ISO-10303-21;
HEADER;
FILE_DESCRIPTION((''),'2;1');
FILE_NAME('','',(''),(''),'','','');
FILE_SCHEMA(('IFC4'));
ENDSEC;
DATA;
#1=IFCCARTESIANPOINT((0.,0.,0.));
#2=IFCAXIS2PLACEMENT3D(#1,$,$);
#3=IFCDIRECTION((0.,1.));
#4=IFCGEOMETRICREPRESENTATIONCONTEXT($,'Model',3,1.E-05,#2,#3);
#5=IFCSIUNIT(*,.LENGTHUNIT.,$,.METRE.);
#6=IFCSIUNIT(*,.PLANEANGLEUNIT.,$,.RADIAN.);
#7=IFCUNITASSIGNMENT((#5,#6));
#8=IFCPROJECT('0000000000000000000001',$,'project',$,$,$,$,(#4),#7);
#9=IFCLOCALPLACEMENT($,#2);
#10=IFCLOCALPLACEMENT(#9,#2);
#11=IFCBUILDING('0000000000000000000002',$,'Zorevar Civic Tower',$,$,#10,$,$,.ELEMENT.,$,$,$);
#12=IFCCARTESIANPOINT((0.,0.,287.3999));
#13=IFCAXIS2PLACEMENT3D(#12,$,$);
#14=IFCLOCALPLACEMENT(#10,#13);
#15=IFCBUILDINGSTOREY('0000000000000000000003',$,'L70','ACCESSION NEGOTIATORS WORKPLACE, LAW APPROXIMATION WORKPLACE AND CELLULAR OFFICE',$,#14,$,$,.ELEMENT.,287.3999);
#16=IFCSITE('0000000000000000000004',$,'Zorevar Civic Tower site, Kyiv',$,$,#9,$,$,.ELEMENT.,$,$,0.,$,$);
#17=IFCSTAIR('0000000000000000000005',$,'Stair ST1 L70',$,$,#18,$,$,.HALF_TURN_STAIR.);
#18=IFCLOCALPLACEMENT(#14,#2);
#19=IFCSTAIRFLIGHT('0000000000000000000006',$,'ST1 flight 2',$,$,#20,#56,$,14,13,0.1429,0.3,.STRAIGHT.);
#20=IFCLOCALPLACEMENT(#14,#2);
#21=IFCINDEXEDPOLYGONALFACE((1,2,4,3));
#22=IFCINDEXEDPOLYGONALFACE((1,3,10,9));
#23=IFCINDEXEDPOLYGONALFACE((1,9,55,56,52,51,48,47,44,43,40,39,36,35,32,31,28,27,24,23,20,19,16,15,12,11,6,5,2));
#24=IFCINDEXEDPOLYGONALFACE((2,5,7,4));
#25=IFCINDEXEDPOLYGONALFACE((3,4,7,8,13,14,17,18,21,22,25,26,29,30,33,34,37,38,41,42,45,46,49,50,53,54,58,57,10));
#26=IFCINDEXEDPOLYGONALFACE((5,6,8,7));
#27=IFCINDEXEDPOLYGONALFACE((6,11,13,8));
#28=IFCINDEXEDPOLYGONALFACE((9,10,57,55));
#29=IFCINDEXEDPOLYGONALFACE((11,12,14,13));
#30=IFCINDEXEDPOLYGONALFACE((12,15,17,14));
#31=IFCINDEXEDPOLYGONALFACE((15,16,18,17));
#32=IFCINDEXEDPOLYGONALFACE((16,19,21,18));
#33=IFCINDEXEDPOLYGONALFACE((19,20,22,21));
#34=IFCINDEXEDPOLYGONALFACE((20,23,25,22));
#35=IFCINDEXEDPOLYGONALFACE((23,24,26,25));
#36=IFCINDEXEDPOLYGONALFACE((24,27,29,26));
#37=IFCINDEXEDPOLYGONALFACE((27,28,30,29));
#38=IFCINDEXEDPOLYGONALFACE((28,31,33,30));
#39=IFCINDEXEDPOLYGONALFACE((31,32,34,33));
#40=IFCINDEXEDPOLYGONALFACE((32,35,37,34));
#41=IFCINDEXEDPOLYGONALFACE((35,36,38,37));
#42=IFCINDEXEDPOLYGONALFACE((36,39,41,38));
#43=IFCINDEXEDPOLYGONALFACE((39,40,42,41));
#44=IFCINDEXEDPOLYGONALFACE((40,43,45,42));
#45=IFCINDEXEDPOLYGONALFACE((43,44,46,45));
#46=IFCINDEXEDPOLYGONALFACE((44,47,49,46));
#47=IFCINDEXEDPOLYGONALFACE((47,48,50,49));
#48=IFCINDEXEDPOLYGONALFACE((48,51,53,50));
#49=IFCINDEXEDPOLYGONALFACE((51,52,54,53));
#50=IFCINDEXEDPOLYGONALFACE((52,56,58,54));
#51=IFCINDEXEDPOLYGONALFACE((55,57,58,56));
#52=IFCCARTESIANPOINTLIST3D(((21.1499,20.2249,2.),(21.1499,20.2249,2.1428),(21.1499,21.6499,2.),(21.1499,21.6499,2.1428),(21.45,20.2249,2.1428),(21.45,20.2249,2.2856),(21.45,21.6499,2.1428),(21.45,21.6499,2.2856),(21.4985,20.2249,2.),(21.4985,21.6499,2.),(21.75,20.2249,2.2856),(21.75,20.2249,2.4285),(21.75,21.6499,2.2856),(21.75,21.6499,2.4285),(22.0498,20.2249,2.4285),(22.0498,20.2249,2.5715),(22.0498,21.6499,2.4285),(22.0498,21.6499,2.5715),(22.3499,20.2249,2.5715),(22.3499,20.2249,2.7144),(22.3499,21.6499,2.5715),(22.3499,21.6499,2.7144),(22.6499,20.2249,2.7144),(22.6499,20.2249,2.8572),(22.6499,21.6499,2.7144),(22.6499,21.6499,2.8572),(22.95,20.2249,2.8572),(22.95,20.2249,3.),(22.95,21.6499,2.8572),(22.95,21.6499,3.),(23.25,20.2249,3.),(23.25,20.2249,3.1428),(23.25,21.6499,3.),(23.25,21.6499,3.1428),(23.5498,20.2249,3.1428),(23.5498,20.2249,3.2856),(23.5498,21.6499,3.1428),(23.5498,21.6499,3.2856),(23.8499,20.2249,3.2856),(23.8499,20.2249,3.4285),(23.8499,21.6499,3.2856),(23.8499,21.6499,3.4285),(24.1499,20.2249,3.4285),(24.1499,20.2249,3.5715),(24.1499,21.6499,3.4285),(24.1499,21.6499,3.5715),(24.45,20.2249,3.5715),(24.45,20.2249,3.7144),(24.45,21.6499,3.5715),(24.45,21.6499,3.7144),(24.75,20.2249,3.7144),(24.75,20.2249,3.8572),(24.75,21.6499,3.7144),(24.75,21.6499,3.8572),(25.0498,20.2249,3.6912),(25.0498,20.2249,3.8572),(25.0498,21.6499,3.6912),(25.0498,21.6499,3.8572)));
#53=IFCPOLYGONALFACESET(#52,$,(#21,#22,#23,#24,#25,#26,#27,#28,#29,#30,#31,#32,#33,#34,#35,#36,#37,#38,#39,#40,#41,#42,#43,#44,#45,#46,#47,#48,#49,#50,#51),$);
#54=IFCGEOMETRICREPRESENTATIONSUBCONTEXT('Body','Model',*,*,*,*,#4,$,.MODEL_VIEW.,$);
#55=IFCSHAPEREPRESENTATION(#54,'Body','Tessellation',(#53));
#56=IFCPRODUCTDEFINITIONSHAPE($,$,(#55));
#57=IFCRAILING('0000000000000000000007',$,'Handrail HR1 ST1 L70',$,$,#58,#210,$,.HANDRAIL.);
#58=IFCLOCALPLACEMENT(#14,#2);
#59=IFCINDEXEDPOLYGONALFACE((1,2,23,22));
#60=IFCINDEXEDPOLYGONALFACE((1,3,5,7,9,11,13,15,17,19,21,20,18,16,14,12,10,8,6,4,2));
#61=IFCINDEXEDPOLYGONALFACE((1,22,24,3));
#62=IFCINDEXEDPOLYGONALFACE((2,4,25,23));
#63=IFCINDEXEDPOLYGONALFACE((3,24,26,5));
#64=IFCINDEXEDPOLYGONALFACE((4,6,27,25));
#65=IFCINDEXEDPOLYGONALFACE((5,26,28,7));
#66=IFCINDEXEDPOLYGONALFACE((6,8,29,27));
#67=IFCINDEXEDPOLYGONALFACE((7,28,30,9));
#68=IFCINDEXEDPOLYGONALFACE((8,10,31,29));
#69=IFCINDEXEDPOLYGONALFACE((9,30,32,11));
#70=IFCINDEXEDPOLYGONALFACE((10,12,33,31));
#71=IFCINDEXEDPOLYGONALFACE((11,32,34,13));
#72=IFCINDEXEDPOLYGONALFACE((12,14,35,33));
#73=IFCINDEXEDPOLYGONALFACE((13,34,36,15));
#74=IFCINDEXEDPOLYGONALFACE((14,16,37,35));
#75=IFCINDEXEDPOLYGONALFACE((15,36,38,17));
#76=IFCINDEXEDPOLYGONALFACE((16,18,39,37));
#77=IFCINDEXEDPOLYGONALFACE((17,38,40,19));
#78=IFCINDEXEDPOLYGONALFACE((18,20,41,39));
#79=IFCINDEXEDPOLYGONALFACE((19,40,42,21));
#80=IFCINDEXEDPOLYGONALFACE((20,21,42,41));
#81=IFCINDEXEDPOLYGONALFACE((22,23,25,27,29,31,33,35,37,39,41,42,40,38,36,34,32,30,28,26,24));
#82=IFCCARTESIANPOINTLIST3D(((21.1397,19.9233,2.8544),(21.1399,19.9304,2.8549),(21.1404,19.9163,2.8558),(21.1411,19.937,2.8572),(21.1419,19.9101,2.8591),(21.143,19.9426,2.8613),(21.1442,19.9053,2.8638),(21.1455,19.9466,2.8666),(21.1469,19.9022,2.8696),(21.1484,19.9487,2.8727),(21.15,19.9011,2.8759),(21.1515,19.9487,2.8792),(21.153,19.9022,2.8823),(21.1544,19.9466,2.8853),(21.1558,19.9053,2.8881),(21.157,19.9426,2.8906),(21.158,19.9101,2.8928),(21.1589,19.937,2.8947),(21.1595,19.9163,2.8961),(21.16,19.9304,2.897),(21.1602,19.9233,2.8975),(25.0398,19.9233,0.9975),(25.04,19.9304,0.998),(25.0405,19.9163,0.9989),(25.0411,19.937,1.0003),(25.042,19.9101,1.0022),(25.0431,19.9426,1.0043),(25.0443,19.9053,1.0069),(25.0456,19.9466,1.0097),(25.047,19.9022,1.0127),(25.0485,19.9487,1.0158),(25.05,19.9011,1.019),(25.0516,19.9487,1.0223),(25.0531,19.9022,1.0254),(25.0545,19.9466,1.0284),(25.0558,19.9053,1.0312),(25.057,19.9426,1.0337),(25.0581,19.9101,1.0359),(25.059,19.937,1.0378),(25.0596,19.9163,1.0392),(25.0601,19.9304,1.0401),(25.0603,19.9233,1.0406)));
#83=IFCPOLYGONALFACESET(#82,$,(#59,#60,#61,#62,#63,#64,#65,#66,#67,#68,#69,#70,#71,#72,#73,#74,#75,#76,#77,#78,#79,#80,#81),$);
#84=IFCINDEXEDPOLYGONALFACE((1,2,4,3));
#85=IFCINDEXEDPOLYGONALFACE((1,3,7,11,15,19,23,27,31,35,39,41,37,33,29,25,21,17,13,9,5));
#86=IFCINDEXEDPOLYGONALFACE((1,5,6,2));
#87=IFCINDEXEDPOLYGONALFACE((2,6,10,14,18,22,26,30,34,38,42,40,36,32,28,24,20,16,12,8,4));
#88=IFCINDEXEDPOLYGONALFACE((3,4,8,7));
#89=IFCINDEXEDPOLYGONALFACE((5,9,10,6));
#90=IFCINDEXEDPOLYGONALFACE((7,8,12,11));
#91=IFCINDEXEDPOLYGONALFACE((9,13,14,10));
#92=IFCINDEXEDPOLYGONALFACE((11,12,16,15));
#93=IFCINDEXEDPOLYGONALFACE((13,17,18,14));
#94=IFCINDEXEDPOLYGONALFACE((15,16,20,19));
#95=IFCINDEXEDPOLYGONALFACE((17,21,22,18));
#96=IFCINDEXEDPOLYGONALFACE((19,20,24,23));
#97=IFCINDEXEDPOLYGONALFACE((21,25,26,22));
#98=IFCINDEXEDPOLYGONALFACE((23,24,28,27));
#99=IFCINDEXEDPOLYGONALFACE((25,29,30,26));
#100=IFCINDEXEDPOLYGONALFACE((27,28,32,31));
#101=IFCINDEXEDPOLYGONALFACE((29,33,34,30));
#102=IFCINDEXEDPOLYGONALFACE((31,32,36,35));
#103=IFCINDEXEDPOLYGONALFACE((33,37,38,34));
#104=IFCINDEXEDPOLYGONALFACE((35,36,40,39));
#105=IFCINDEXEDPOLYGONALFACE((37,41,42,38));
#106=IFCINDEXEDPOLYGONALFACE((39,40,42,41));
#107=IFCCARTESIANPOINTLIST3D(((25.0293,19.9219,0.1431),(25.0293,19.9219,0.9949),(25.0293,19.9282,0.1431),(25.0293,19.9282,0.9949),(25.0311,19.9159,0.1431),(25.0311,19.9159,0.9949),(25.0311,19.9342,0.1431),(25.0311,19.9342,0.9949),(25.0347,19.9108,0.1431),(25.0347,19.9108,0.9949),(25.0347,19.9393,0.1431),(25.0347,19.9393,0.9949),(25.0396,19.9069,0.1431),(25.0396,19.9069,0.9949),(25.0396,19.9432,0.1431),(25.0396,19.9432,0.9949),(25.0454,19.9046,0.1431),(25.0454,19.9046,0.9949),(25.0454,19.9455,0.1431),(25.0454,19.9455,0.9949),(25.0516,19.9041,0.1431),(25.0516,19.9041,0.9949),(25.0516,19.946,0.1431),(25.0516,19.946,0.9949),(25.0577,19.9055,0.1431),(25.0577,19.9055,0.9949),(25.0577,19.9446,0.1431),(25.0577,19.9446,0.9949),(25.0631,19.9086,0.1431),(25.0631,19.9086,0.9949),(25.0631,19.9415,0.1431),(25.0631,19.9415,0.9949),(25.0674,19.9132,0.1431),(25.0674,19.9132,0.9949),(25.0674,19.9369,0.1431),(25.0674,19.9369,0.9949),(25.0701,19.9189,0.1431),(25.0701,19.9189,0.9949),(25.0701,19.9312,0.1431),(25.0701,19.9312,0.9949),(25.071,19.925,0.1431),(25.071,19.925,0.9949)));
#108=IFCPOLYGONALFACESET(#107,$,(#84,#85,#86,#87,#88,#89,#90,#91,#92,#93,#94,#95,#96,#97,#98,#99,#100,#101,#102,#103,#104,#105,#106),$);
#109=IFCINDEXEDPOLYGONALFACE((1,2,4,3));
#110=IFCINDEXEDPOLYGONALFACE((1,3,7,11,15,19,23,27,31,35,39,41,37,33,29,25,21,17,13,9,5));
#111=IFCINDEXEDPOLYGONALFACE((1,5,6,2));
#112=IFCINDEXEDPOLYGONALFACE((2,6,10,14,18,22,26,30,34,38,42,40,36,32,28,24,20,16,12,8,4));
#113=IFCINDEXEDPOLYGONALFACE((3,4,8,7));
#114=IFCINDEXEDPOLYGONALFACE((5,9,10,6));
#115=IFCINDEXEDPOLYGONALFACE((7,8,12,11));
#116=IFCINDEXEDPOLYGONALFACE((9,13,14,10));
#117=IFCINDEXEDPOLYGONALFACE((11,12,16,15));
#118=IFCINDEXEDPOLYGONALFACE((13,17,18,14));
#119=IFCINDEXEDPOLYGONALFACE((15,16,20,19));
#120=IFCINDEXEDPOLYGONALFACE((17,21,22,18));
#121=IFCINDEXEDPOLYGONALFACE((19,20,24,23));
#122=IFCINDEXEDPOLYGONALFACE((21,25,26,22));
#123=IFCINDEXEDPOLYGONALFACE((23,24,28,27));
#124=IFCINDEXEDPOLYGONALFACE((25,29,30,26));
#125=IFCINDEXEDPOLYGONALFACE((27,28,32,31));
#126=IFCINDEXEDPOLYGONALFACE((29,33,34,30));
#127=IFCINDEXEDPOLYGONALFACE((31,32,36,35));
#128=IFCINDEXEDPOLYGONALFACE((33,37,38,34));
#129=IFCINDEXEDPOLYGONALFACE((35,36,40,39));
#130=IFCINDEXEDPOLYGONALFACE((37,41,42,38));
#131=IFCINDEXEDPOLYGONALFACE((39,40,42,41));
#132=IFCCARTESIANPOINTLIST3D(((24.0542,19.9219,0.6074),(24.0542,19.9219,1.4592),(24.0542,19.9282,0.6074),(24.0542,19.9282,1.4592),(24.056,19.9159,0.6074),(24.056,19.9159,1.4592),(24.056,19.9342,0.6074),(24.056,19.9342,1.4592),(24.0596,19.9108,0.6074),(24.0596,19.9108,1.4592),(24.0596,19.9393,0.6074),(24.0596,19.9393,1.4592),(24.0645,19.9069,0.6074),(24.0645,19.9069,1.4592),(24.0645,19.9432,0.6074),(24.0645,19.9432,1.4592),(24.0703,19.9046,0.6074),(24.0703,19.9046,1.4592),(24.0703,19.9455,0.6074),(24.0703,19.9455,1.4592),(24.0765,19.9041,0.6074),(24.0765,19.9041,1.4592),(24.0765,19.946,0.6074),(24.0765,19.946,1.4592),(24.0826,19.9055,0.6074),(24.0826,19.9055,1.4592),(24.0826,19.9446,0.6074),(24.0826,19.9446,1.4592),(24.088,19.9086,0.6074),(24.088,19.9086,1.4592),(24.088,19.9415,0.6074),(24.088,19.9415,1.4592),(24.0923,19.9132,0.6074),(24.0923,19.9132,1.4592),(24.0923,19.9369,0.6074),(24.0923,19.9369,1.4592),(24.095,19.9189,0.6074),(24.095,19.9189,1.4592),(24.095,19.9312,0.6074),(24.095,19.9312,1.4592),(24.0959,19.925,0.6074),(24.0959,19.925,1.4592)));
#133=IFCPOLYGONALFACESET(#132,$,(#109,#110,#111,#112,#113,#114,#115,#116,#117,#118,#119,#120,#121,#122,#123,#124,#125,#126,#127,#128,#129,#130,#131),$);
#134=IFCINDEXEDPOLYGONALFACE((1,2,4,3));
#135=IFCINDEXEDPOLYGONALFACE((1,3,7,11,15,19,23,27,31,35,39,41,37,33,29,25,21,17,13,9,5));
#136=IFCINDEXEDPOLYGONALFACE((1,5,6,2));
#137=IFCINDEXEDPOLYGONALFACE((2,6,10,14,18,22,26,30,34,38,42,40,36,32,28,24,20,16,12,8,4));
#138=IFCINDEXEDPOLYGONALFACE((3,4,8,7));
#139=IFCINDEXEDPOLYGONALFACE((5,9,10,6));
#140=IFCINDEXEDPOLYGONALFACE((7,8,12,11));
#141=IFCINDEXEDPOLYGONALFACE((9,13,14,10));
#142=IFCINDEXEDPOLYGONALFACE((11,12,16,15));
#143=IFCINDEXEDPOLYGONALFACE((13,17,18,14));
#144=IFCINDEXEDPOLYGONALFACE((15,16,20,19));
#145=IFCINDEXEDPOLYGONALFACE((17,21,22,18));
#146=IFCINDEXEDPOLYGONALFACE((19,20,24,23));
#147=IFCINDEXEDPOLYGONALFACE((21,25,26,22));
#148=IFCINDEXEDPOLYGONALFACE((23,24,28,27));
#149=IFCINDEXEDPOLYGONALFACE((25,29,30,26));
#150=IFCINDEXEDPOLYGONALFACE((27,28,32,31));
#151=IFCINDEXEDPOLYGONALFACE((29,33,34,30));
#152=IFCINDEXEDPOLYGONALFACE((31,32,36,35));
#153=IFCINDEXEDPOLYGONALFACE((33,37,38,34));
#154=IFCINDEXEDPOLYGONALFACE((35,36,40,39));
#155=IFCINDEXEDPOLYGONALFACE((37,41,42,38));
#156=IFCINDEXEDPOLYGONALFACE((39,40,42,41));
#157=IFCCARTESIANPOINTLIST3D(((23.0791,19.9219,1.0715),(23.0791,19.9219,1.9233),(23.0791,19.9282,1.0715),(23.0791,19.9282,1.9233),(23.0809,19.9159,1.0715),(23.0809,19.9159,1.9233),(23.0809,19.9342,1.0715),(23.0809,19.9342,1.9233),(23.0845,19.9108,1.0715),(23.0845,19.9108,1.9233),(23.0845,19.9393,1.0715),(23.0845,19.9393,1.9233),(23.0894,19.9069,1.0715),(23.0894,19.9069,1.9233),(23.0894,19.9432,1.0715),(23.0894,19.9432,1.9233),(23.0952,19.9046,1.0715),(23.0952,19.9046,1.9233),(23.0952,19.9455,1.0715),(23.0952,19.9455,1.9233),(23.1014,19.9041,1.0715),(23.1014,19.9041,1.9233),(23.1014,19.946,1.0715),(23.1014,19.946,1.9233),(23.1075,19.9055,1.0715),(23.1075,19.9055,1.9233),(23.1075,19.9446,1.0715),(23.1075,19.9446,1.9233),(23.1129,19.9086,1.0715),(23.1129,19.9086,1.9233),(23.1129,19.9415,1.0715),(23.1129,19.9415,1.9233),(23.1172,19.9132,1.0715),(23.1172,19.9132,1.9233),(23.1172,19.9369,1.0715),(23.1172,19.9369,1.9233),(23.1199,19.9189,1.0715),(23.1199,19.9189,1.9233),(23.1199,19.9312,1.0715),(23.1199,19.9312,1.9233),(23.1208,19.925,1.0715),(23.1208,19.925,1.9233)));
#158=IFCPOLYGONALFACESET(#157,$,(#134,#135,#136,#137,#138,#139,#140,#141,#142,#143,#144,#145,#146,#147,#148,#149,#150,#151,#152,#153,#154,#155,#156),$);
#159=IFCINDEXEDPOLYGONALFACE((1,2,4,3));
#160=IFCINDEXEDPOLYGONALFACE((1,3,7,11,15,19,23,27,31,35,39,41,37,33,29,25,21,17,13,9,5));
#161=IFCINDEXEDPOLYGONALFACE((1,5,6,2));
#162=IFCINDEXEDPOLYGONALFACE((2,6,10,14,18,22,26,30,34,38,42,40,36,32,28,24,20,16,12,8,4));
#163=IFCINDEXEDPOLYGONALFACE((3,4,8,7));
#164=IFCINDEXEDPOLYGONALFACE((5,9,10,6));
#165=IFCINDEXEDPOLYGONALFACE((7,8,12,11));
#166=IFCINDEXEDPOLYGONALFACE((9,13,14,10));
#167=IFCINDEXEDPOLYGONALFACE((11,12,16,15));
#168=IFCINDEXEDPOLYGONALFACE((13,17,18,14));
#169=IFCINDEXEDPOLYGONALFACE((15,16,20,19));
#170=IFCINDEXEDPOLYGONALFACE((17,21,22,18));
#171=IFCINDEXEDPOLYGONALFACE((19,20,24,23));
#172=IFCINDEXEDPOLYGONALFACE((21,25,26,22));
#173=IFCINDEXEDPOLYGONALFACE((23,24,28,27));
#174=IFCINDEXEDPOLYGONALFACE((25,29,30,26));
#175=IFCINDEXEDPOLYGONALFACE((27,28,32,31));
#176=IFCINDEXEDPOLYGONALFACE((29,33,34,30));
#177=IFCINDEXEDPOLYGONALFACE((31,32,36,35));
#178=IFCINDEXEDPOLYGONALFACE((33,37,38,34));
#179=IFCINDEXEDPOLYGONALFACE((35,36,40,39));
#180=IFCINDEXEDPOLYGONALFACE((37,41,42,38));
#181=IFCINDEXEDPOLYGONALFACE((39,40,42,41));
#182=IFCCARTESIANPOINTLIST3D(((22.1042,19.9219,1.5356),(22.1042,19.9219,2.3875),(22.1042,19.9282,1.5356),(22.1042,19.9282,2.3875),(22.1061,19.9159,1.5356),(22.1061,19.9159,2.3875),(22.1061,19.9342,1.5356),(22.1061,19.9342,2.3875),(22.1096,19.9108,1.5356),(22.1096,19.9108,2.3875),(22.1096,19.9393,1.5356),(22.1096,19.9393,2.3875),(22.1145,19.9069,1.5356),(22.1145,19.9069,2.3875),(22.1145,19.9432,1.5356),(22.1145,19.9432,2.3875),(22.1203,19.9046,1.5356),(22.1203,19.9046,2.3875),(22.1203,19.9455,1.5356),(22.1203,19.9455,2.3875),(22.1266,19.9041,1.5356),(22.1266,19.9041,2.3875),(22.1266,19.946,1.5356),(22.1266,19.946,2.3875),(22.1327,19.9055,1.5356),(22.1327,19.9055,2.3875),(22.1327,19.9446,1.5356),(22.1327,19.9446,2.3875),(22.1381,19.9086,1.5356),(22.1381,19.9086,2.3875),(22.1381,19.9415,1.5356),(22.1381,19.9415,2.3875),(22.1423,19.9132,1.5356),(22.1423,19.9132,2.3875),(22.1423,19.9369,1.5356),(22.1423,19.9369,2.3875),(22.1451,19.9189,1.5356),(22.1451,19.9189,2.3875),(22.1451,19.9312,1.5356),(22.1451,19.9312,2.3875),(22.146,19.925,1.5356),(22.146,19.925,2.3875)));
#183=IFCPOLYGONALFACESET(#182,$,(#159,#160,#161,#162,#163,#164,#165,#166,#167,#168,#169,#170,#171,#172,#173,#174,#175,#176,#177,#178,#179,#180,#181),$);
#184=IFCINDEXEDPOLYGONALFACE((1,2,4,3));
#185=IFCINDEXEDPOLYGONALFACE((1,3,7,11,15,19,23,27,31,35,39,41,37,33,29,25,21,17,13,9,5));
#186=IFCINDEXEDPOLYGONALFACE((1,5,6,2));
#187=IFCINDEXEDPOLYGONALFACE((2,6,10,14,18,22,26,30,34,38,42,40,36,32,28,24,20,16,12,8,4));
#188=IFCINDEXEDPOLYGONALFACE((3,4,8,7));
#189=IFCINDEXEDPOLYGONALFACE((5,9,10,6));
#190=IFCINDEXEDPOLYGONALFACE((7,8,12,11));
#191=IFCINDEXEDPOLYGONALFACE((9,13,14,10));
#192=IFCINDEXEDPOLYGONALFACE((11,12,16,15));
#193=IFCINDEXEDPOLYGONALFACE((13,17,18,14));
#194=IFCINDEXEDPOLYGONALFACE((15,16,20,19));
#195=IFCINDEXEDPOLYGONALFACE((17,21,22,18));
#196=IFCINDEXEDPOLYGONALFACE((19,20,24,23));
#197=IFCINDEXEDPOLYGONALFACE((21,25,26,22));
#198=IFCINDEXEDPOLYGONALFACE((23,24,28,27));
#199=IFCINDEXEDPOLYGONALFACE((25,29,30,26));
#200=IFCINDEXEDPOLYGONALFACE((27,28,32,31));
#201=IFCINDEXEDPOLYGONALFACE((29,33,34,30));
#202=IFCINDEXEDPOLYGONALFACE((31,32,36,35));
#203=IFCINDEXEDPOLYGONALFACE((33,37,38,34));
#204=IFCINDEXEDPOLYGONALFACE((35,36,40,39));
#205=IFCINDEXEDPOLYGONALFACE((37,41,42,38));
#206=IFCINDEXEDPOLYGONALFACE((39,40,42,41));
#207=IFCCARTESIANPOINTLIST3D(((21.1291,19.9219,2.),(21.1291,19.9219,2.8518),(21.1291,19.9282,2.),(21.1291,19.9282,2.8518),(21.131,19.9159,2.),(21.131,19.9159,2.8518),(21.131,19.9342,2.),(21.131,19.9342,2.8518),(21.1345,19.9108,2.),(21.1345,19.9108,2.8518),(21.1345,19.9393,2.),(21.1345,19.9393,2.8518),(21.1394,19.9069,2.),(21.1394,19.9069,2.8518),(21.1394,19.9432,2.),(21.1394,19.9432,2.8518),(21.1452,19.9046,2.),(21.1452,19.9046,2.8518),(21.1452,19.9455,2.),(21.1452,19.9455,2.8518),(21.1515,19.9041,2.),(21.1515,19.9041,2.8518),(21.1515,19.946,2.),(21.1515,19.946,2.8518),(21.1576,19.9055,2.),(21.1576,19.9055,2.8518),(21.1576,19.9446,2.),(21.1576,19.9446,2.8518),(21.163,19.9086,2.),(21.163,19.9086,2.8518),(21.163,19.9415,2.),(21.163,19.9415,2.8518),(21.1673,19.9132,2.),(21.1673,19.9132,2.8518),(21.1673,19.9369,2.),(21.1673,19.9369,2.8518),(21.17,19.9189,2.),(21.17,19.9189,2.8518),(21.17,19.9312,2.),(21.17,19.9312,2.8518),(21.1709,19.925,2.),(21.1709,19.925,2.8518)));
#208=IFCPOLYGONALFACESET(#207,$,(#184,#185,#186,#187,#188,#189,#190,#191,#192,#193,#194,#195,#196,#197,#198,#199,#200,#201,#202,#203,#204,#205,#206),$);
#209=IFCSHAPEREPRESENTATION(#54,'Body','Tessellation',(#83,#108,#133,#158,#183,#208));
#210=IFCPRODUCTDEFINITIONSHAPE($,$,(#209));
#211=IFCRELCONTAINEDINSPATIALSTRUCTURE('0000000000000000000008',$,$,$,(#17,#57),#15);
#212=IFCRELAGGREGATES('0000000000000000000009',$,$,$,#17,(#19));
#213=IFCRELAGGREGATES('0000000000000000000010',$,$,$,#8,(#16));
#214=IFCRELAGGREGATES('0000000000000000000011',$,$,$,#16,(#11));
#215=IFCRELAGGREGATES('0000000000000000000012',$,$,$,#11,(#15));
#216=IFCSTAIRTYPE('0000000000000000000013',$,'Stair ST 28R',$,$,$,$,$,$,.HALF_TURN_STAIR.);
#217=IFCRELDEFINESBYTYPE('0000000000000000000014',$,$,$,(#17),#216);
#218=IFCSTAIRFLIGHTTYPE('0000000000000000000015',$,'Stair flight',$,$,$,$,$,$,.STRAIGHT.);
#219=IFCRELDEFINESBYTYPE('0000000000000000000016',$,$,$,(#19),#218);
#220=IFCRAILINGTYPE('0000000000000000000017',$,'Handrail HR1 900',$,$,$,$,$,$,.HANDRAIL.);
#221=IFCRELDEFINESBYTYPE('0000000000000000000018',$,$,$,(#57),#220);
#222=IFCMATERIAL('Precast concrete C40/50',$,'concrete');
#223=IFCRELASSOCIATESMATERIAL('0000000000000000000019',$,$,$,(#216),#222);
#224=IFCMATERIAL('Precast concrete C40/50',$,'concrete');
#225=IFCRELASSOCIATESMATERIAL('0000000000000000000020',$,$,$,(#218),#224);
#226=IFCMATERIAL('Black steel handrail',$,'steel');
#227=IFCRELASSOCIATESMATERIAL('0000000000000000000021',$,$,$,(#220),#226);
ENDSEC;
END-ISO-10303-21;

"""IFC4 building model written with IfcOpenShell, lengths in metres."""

from ifc_helpers import new_model, si_unit, direction, frame, origin, origin_2d, place, context, subcontext, project, spatial, polyline, circle, outline, extrude, material, type_object, element, aggregate, save


model = new_model("IFC4")

# Units and contexts
model_context = context("Model", 3, precision=1e-05, world=origin(), true_north=direction((0.0, 1.0)))
body_context = subcontext(model_context, "Body", "Model", "MODEL_VIEW")
ifc_project = project(units=[si_unit("LENGTHUNIT", "METRE"), si_unit("PLANEANGLEUNIT", "RADIAN")], contexts=[model_context])

# Site, building, storey
site_placement = place(None, origin())
site = spatial("IfcSite", under=ifc_project, at=site_placement, Name="Zorevar Civic Tower site, Kyiv", CompositionType="ELEMENT", RefElevation=0.0)
building_placement = place(site_placement, origin())
building = spatial("IfcBuilding", under=site, at=building_placement, Name="Zorevar Civic Tower", CompositionType="ELEMENT")
storey_placement = place(building_placement, frame((0.0, 0.0, 287.3999)))
storey = spatial("IfcBuildingStorey", under=building, at=storey_placement, Name="L70", Description="ACCESSION NEGOTIATORS WORKPLACE, LAW APPROXIMATION WORKPLACE AND CELLULAR OFFICE", CompositionType="ELEMENT", Elevation=287.3999)

# Stair, stair flight
ifc_material_1 = material(Name="Precast concrete C40/50", Category="concrete")
stair_type = type_object("IfcStairType", Name="Stair ST 28R", PredefinedType="HALF_TURN_STAIR", material=ifc_material_1)
stair_placement = place(storey_placement, origin())
stair = element("IfcStair", 1, at=stair_placement, inside=storey, type_object=stair_type, Name="Stair ST1 L70", PredefinedType="HALF_TURN_STAIR")
ifc_material_2 = material(Name="Precast concrete C40/50", Category="concrete")
stair_flight_type = type_object("IfcStairFlightType", Name="Stair flight", PredefinedType="STRAIGHT", material=ifc_material_2)
stair_flight_1_placement = place(storey_placement, frame((21.1499, 20.9375, 2.0), z_axis=(0.0, 0.0, 1.0), x_axis=(1.0, 0.0, 0.0)))
stair_flight_1 = element("IfcStairFlight", 2, at=stair_flight_1_placement, type_object=stair_flight_type, Name="ST1 flight 2", NumberOfRisers=14, NumberOfTreads=13, PredefinedType="STRAIGHT", RiserHeight=0.1429, TreadLength=0.3, context=body_context, shape_type="SweptSolid", body=[
    extrude(outline(polyline([(0.0, 0.0), (0.0, 0.1428), (0.3, 0.1428), (0.3, 0.2856), (0.6001, 0.2856), (0.6001, 0.4285), (0.8999, 0.4285), (0.8999, 0.5715), (1.2, 0.5715), (1.2, 0.7144), (1.5, 0.7144), (1.5, 0.8572), (1.8, 0.8572), (1.8, 1.0), (2.1001, 1.0), (2.1001, 1.1428), (2.3999, 1.1428), (2.3999, 1.2856), (2.7, 1.2856), (2.7, 1.4285), (3.0, 1.4285), (3.0, 1.5715), (3.3, 1.5715), (3.3, 1.7144), (3.6001, 1.7144), (3.6001, 1.8572), (3.8999, 1.8572), (3.8999, 2.0), (3.8999, 1.6912), (0.3486, 0.0), (0.0, 0.0)])), frame((0.0, 0.7124, 0.0), z_axis=(0.0, -1.0, 0.0), x_axis=(1.0, 0.0, 0.0)), (0.0, 0.0, 1.0), 1.425),
])
aggregate(stair, [stair_flight_1])

# Railing
ifc_material_3 = material(Name="Black steel handrail", Category="steel")
railing_type = type_object("IfcRailingType", Name="Handrail HR1 900", PredefinedType="HANDRAIL", material=ifc_material_3)
railing_1_placement = place(storey_placement, frame((25.05, 19.925, 0.1431)))
element("IfcRailing", 3, at=railing_1_placement, inside=storey, type_object=railing_type, Name="Handrail HR1 ST1 L70", PredefinedType="HANDRAIL", context=body_context, shape_type="SweptSolid", body=[
    extrude(circle(Radius=0.0239, at=origin_2d()), frame((0.0, 0.0, 0.876), z_axis=(-0.902886, 0.0, 0.429881), x_axis=(0.0, -1.0, 0.0)), (0.0, 0.0, 1.0), 4.3196),
    extrude(circle(Radius=0.021, at=origin_2d()), origin(), (0.0, 0.0, 1.0), 0.8518),
    extrude(circle(Radius=0.021, at=origin_2d()), frame((-0.9751, 0.0, 0.4644)), (0.0, 0.0, 1.0), 0.8518),
    extrude(circle(Radius=0.021, at=origin_2d()), frame((-1.9502, 0.0, 0.9285)), (0.0, 0.0, 1.0), 0.8518),
    extrude(circle(Radius=0.021, at=origin_2d()), frame((-2.925, 0.0, 1.3926)), (0.0, 0.0, 1.0), 0.8518),
    extrude(circle(Radius=0.021, at=origin_2d()), frame((-3.9001, 0.0, 1.8569)), (0.0, 0.0, 1.0), 0.8518),
])

save(model, "model.ifc")
